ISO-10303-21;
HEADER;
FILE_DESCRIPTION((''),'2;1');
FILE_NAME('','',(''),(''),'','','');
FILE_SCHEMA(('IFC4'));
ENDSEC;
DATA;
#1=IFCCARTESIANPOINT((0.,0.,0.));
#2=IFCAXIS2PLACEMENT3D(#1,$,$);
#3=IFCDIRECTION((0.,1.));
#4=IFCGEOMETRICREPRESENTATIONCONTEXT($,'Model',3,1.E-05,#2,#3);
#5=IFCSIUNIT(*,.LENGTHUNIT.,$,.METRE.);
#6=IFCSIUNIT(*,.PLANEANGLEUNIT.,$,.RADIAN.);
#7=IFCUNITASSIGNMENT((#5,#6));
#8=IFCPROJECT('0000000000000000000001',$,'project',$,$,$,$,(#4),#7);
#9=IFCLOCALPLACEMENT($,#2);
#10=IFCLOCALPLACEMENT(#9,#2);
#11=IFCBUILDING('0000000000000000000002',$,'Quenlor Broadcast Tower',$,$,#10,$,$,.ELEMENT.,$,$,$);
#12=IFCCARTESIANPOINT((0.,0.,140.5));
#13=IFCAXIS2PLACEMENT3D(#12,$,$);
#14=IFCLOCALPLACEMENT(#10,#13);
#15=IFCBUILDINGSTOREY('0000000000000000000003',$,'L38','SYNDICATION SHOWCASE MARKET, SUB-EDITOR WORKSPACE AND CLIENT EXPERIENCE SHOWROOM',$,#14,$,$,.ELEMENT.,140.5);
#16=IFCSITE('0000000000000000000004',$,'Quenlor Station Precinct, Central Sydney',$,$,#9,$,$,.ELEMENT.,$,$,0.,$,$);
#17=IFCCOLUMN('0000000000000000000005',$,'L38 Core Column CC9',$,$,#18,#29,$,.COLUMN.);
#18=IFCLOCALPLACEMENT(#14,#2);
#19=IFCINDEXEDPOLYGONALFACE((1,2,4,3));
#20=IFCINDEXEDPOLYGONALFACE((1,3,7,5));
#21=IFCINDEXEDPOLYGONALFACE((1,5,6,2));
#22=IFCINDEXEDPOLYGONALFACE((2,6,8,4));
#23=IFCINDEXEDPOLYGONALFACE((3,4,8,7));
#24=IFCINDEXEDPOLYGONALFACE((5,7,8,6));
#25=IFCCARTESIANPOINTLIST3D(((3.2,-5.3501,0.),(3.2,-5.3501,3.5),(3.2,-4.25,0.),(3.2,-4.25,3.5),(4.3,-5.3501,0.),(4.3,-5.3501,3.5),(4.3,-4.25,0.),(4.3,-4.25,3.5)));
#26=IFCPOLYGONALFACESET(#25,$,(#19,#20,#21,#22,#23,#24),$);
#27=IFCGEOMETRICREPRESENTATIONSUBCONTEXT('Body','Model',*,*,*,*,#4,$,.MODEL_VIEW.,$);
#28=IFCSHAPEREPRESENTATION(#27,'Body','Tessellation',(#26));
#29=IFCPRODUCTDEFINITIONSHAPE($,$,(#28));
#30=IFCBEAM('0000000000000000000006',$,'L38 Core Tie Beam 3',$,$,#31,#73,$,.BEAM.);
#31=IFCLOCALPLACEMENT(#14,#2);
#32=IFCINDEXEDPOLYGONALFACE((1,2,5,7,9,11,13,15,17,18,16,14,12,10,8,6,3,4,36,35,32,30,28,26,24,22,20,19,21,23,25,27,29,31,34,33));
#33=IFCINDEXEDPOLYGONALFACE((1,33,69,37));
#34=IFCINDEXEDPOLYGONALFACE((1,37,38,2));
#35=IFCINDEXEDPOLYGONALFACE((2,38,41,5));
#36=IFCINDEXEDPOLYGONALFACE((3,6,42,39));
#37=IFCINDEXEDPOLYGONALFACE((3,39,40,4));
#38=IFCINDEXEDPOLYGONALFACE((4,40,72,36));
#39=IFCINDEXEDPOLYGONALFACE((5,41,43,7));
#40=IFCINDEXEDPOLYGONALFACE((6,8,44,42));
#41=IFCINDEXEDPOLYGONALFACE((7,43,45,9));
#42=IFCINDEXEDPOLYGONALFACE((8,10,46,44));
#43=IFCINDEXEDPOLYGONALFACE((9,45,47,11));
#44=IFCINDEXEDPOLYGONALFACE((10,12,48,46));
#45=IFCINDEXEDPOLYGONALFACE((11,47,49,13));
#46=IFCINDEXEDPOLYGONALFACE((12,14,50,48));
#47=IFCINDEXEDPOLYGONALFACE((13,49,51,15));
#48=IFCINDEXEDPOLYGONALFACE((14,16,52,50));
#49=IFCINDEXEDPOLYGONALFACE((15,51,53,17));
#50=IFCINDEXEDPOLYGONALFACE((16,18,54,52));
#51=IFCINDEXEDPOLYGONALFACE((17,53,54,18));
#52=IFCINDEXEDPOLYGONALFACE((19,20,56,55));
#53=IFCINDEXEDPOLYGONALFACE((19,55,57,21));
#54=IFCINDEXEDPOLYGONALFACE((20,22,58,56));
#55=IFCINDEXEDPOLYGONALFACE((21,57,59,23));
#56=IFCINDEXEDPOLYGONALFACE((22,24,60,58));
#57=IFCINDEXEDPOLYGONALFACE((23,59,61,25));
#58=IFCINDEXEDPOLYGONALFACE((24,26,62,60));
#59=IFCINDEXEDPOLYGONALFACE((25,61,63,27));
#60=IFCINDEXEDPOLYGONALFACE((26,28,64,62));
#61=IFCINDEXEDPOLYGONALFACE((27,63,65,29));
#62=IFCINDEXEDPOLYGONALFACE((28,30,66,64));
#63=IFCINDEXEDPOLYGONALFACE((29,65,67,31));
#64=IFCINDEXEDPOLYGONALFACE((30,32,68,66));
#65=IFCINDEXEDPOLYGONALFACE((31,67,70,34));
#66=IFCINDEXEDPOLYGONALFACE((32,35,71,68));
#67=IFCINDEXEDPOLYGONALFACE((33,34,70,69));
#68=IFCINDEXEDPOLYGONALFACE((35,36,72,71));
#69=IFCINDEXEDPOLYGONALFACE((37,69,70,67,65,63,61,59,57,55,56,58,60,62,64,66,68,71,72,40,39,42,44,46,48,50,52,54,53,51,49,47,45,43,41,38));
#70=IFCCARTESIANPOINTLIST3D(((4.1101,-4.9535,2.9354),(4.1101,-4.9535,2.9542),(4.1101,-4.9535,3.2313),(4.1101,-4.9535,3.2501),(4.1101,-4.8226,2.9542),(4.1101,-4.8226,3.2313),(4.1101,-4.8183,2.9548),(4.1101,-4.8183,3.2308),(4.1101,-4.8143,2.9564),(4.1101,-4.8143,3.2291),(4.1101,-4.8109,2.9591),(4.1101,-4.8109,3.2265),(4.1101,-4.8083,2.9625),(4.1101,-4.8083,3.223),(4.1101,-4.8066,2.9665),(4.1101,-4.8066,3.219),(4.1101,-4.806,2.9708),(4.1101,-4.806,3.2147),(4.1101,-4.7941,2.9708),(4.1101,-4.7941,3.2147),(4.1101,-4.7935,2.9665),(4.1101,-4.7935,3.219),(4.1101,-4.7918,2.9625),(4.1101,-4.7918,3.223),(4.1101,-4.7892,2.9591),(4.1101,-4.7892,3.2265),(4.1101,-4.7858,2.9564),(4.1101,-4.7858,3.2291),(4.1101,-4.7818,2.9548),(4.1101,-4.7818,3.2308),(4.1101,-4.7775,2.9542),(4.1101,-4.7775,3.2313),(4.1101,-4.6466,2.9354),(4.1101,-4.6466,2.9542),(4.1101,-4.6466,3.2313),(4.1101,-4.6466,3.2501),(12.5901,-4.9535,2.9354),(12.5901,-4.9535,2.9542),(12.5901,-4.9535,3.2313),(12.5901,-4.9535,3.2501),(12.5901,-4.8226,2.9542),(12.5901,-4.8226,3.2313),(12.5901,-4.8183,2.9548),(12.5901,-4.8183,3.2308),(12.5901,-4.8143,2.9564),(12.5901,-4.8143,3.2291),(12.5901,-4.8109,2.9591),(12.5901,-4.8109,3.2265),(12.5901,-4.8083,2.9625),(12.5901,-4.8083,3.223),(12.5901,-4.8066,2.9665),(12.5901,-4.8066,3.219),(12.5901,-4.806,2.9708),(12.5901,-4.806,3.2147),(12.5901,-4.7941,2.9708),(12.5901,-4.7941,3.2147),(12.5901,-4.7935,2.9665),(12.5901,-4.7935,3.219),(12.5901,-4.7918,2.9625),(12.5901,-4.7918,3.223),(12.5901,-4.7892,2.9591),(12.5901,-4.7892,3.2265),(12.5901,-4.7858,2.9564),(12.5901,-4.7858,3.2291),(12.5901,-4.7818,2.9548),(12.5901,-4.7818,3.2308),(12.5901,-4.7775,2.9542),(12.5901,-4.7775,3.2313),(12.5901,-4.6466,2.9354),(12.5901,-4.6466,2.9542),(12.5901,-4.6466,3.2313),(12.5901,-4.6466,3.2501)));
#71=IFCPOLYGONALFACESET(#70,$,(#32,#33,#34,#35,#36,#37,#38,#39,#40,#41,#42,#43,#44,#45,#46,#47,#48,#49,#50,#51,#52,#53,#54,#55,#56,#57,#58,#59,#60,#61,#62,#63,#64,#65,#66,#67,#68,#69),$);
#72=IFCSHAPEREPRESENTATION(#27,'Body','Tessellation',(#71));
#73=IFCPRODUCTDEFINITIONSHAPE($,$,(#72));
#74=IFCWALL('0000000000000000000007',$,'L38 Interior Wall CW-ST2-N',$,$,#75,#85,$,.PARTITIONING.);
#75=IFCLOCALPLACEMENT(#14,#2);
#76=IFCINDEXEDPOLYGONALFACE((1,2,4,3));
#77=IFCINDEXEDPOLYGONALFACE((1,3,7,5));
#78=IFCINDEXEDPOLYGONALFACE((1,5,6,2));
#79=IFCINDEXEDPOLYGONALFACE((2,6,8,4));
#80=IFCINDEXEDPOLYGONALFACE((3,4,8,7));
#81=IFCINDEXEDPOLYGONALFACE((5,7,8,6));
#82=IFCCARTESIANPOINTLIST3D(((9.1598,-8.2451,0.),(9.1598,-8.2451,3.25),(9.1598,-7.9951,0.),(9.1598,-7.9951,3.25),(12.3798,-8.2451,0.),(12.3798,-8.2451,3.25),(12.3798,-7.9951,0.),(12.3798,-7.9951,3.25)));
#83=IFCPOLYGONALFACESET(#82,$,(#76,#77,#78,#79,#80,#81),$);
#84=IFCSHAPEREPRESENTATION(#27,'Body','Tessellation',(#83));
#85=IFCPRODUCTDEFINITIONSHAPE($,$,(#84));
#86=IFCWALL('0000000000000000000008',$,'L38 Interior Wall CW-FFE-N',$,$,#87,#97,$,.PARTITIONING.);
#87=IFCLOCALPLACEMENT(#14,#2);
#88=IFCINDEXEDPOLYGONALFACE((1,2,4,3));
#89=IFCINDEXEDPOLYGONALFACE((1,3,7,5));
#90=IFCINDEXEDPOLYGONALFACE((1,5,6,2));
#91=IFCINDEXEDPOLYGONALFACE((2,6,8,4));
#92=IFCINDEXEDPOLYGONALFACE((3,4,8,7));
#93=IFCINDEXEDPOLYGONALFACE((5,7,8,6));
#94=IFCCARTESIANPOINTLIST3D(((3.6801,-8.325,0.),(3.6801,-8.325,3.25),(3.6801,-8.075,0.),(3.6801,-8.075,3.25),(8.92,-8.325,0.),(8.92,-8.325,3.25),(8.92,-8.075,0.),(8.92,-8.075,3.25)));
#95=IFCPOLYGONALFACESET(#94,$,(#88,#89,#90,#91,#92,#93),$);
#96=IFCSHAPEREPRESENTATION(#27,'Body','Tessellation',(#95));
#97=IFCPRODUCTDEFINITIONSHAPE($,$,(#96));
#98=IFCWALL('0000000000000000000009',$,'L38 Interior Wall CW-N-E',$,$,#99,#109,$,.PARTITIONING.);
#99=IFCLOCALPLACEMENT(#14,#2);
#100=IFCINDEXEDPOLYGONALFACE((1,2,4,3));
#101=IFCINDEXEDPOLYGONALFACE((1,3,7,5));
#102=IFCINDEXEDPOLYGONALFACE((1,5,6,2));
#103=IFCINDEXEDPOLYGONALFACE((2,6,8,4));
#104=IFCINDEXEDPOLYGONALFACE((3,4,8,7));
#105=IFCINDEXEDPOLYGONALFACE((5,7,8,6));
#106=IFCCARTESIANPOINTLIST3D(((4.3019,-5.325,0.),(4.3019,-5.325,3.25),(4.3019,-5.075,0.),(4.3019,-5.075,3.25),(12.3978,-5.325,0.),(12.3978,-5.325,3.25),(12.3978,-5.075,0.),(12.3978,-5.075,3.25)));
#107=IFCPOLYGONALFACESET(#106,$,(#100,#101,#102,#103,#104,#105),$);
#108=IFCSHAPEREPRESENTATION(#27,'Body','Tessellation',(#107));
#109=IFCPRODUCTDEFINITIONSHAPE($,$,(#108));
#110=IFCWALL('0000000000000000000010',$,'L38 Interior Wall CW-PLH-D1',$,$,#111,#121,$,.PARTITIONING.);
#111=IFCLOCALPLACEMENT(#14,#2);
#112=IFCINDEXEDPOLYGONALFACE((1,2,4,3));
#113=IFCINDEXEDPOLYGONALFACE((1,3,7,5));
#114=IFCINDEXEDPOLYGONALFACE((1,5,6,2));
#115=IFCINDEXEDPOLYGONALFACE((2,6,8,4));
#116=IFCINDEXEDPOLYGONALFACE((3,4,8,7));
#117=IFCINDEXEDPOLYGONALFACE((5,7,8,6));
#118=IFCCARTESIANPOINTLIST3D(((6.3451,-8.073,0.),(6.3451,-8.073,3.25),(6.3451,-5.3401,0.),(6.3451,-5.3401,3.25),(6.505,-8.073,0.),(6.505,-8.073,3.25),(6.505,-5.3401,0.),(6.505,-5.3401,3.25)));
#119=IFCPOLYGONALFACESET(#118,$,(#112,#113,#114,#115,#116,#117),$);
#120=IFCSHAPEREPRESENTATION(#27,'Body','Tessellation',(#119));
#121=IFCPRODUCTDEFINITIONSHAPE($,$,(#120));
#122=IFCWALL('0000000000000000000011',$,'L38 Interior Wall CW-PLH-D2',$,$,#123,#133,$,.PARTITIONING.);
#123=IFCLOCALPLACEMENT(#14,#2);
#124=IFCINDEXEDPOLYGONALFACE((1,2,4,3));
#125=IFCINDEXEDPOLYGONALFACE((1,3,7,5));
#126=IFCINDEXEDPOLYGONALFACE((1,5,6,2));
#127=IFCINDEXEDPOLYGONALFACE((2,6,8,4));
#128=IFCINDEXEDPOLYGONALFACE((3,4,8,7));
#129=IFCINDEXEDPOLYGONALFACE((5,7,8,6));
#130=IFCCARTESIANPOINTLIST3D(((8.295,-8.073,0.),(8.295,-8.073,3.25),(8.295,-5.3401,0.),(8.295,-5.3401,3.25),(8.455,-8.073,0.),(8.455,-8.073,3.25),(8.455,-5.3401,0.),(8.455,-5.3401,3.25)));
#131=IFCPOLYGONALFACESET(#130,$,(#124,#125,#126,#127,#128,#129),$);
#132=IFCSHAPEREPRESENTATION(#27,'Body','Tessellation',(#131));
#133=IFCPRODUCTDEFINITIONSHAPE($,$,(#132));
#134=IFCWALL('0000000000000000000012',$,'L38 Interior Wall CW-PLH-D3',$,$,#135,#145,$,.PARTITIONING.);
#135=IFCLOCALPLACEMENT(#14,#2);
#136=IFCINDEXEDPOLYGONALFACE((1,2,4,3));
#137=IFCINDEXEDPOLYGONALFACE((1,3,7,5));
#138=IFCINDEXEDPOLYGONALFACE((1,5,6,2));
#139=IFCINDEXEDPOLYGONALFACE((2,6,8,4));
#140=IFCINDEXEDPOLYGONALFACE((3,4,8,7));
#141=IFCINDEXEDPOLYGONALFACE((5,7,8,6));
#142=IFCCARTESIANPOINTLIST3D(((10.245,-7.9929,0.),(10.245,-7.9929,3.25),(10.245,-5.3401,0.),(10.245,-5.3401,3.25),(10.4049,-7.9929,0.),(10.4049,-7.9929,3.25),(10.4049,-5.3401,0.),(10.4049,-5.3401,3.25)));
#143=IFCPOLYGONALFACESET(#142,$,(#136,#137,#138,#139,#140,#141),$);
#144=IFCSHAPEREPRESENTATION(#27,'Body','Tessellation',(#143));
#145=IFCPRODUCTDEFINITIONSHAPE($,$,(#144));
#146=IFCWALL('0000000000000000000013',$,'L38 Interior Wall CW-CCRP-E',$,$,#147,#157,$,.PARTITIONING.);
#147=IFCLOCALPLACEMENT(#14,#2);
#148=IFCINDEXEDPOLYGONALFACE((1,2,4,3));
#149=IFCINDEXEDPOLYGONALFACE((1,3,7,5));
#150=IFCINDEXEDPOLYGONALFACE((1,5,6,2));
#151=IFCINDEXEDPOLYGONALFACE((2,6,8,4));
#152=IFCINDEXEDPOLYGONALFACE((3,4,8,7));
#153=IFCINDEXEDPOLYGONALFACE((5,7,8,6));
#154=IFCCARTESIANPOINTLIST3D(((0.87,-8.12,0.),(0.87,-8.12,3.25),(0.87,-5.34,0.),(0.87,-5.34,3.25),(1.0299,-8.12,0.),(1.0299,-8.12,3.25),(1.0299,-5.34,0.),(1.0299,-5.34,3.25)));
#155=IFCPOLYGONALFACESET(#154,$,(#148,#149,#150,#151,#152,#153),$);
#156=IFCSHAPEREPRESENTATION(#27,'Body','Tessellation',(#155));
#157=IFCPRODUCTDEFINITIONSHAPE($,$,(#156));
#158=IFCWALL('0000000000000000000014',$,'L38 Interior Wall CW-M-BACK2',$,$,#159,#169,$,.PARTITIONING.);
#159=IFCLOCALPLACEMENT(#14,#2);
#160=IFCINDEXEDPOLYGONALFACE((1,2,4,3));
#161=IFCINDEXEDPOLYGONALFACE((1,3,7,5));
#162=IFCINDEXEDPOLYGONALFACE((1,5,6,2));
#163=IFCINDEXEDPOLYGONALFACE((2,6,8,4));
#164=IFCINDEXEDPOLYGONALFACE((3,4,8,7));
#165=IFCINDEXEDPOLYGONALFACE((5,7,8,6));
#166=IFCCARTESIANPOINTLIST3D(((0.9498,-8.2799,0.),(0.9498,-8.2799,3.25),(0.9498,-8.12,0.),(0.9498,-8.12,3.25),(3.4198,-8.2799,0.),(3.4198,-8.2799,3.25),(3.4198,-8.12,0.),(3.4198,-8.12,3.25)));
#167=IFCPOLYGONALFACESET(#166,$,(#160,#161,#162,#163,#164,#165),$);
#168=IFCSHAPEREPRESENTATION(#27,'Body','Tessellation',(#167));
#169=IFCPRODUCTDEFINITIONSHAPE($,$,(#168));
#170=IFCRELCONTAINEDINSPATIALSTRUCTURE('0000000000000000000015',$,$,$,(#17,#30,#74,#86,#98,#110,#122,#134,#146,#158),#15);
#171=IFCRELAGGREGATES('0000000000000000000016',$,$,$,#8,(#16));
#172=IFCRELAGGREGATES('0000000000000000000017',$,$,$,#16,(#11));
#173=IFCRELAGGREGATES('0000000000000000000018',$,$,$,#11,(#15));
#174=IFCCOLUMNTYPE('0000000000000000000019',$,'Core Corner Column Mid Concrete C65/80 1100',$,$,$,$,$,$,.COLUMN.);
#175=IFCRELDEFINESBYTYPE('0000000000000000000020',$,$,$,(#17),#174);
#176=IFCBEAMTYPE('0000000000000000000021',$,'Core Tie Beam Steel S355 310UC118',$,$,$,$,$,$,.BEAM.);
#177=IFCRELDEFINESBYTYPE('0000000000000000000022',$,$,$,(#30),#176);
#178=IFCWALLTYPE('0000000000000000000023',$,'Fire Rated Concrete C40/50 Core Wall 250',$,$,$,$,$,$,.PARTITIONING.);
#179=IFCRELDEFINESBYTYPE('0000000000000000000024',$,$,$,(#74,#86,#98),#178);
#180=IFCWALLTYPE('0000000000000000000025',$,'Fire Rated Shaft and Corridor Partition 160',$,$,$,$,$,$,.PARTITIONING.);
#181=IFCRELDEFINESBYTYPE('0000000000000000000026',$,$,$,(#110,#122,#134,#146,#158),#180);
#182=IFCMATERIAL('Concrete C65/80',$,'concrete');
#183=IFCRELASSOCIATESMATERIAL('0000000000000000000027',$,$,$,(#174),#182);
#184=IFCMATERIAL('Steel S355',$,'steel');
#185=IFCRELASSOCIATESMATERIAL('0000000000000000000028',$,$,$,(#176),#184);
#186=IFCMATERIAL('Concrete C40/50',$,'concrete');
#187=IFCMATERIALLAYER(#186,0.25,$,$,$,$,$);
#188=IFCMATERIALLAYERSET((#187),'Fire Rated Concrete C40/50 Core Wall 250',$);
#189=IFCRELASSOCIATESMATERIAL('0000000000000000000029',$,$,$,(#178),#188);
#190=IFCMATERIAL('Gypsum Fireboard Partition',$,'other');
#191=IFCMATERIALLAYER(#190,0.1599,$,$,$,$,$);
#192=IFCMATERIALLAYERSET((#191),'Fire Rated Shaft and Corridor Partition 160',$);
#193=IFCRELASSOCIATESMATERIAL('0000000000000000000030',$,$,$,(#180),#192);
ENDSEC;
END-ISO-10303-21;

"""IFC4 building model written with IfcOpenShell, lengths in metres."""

from ifc_helpers import new_model, si_unit, direction, frame, frame_2d, origin, origin_2d, place, context, subcontext, project, spatial, rectangle, i_section, extrude, material, layer, layer_set, material_profile, profile_set, type_object, element, save


model = new_model("IFC4")

# Units and contexts
model_context = context("Model", 3, precision=1e-05, world=origin(), true_north=direction((0.0, 1.0)))
body_context = subcontext(model_context, "Body", "Model", "MODEL_VIEW")
ifc_project = project(units=[si_unit("LENGTHUNIT", "METRE"), si_unit("PLANEANGLEUNIT", "RADIAN")], contexts=[model_context])

# Site, building, storey
site_placement = place(None, origin())
site = spatial("IfcSite", under=ifc_project, at=site_placement, Name="Quenlor Station Precinct, Central Sydney", CompositionType="ELEMENT", RefElevation=0.0)
building_placement = place(site_placement, origin())
building = spatial("IfcBuilding", under=site, at=building_placement, Name="Quenlor Broadcast Tower", CompositionType="ELEMENT")
storey_placement = place(building_placement, frame((0.0, 0.0, 140.5)))
storey = spatial("IfcBuildingStorey", under=building, at=storey_placement, Name="L38", Description="SYNDICATION SHOWCASE MARKET, SUB-EDITOR WORKSPACE AND CLIENT EXPERIENCE SHOWROOM", CompositionType="ELEMENT", Elevation=140.5)

# Column
ifc_material_1 = material(Name="Concrete C65/80", Category="concrete")
ifc_material_profile_1 = material_profile(ifc_material_1, rectangle(XDim=1.1001, YDim=1.1001, at=origin_2d()))
ifc_profile_set_1 = profile_set([ifc_material_profile_1], Name="Concrete C65/80 RC1100x1100")
column_type = type_object("IfcColumnType", Name="Core Corner Column Mid Concrete C65/80 1100", PredefinedType="COLUMN", material=ifc_profile_set_1)
column_placement = place(storey_placement, frame((3.75, -4.8, 0.0), z_axis=(0.0, 0.0, 1.0), x_axis=(1.0, 0.0, 0.0)))
element("IfcColumn", 1, at=column_placement, inside=storey, type_object=column_type, Name="L38 Core Column CC9", PredefinedType="COLUMN", context=body_context, shape_type="SweptSolid", body=[
    extrude(rectangle(XDim=1.1001, YDim=1.1001, at=origin_2d()), origin(), (0.0, 0.0, 1.0), 3.5),
])

# Beam
ifc_material_2 = material(Name="Steel S355", Category="steel")
ifc_material_profile_2 = material_profile(ifc_material_2, i_section(OverallWidth=0.3069, OverallDepth=0.3147, WebThickness=0.012, FlangeThickness=0.0188, FilletRadius=0.0166, at=origin_2d()))
ifc_profile_set_2 = profile_set([ifc_material_profile_2], Name="Steel S355 310UC118")
beam_type = type_object("IfcBeamType", Name="Core Tie Beam Steel S355 310UC118", PredefinedType="BEAM", material=ifc_profile_set_2)
beam_placement = place(storey_placement, frame((4.1101, -4.8, 3.0928), z_axis=(1.0, 0.0, 0.0), x_axis=(0.0, 1.0, 0.0)))
element("IfcBeam", 2, at=beam_placement, inside=storey, type_object=beam_type, Name="L38 Core Tie Beam 3", PredefinedType="BEAM", context=body_context, shape_type="SweptSolid", body=[
    extrude(i_section(OverallWidth=0.3069, OverallDepth=0.3147, WebThickness=0.012, FlangeThickness=0.0188, FilletRadius=0.0166, at=origin_2d()), origin(), (0.0, 0.0, 1.0), 8.48),
])

# Walls
ifc_material_3 = material(Name="Concrete C40/50", Category="concrete")
ifc_layer_1 = layer(ifc_material_3, 0.25)
ifc_layer_set_1 = layer_set([ifc_layer_1], Name="Fire Rated Concrete C40/50 Core Wall 250")
wall_type_1 = type_object("IfcWallType", Name="Fire Rated Concrete C40/50 Core Wall 250", PredefinedType="PARTITIONING", material=ifc_layer_set_1)
wall_1_placement = place(storey_placement, frame((9.1599, -8.1201, 0.0), z_axis=(0.0, 0.0, 1.0), x_axis=(1.0, 0.0, 0.0)))
element("IfcWall", 3, at=wall_1_placement, inside=storey, type_object=wall_type_1, Name="L38 Interior Wall CW-ST2-N", PredefinedType="PARTITIONING", context=body_context, shape_type="SweptSolid", body=[
    extrude(rectangle(XDim=3.22, YDim=0.25, at=frame_2d((1.6099, 0.0))), origin(), (0.0, 0.0, 1.0), 3.25),
])
wall_2_placement = place(storey_placement, frame((3.6799, -8.2, 0.0), z_axis=(0.0, 0.0, 1.0), x_axis=(1.0, 0.0, 0.0)))
element("IfcWall", 4, at=wall_2_placement, inside=storey, type_object=wall_type_1, Name="L38 Interior Wall CW-FFE-N", PredefinedType="PARTITIONING", context=body_context, shape_type="SweptSolid", body=[
    extrude(rectangle(XDim=5.24, YDim=0.25, at=frame_2d((2.6201, 0.0))), origin(), (0.0, 0.0, 1.0), 3.25),
])
wall_3_placement = place(storey_placement, frame((4.302, -5.2, 0.0), z_axis=(0.0, 0.0, 1.0), x_axis=(1.0, 0.0, 0.0)))
element("IfcWall", 5, at=wall_3_placement, inside=storey, type_object=wall_type_1, Name="L38 Interior Wall CW-N-E", PredefinedType="PARTITIONING", context=body_context, shape_type="SweptSolid", body=[
    extrude(rectangle(XDim=8.0959, YDim=0.25, at=frame_2d((4.0479, 0.0))), origin(), (0.0, 0.0, 1.0), 3.25),
])

# Walls
ifc_material_4 = material(Name="Gypsum Fireboard Partition", Category="other")
ifc_layer_2 = layer(ifc_material_4, 0.1599)
ifc_layer_set_2 = layer_set([ifc_layer_2], Name="Fire Rated Shaft and Corridor Partition 160")
wall_type_2 = type_object("IfcWallType", Name="Fire Rated Shaft and Corridor Partition 160", PredefinedType="PARTITIONING", material=ifc_layer_set_2)
for number, where, z_axis, x_axis, name in (
    (6, (6.425, -8.073, 0.0), (0.0, 0.0, 1.0), (0.0, 1.0, 0.0), "L38 Interior Wall CW-PLH-D1"),
    (7, (8.375, -8.073, 0.0), (0.0, 0.0, 1.0), (0.0, 1.0, 0.0), "L38 Interior Wall CW-PLH-D2"),
):
    element("IfcWall", number, at=place(storey_placement, frame(where, z_axis=z_axis, x_axis=x_axis)), inside=storey, type_object=wall_type_2, Name=name, PredefinedType="PARTITIONING", context=body_context, shape_type="SweptSolid", body=[
        extrude(rectangle(XDim=2.7329, YDim=0.1599, at=frame_2d((1.3665, 0.0))), origin(), (0.0, 0.0, 1.0), 3.25),
    ])
wall_4_placement = place(storey_placement, frame((10.325, -7.9929, 0.0), z_axis=(0.0, 0.0, 1.0), x_axis=(0.0, 1.0, 0.0)))
element("IfcWall", 8, at=wall_4_placement, inside=storey, type_object=wall_type_2, Name="L38 Interior Wall CW-PLH-D3", PredefinedType="PARTITIONING", context=body_context, shape_type="SweptSolid", body=[
    extrude(rectangle(XDim=2.6528, YDim=0.1599, at=frame_2d((1.3264, 0.0))), origin(), (0.0, 0.0, 1.0), 3.25),
])
wall_5_placement = place(storey_placement, frame((0.95, -8.1201, 0.0), z_axis=(0.0, 0.0, 1.0), x_axis=(0.0, 1.0, 0.0)))
element("IfcWall", 9, at=wall_5_placement, inside=storey, type_object=wall_type_2, Name="L38 Interior Wall CW-CCRP-E", PredefinedType="PARTITIONING", context=body_context, shape_type="SweptSolid", body=[
    extrude(rectangle(XDim=2.78, YDim=0.1599, at=frame_2d((1.3901, 0.0))), origin(), (0.0, 0.0, 1.0), 3.25),
])
wall_6_placement = place(storey_placement, frame((0.95, -8.2, 0.0), z_axis=(0.0, 0.0, 1.0), x_axis=(1.0, 0.0, 0.0)))
element("IfcWall", 10, at=wall_6_placement, inside=storey, type_object=wall_type_2, Name="L38 Interior Wall CW-M-BACK2", PredefinedType="PARTITIONING", context=body_context, shape_type="SweptSolid", body=[
    extrude(rectangle(XDim=2.47, YDim=0.1599, at=frame_2d((1.2349, 0.0))), origin(), (0.0, 0.0, 1.0), 3.25),
])

save(model, "model.ifc")
